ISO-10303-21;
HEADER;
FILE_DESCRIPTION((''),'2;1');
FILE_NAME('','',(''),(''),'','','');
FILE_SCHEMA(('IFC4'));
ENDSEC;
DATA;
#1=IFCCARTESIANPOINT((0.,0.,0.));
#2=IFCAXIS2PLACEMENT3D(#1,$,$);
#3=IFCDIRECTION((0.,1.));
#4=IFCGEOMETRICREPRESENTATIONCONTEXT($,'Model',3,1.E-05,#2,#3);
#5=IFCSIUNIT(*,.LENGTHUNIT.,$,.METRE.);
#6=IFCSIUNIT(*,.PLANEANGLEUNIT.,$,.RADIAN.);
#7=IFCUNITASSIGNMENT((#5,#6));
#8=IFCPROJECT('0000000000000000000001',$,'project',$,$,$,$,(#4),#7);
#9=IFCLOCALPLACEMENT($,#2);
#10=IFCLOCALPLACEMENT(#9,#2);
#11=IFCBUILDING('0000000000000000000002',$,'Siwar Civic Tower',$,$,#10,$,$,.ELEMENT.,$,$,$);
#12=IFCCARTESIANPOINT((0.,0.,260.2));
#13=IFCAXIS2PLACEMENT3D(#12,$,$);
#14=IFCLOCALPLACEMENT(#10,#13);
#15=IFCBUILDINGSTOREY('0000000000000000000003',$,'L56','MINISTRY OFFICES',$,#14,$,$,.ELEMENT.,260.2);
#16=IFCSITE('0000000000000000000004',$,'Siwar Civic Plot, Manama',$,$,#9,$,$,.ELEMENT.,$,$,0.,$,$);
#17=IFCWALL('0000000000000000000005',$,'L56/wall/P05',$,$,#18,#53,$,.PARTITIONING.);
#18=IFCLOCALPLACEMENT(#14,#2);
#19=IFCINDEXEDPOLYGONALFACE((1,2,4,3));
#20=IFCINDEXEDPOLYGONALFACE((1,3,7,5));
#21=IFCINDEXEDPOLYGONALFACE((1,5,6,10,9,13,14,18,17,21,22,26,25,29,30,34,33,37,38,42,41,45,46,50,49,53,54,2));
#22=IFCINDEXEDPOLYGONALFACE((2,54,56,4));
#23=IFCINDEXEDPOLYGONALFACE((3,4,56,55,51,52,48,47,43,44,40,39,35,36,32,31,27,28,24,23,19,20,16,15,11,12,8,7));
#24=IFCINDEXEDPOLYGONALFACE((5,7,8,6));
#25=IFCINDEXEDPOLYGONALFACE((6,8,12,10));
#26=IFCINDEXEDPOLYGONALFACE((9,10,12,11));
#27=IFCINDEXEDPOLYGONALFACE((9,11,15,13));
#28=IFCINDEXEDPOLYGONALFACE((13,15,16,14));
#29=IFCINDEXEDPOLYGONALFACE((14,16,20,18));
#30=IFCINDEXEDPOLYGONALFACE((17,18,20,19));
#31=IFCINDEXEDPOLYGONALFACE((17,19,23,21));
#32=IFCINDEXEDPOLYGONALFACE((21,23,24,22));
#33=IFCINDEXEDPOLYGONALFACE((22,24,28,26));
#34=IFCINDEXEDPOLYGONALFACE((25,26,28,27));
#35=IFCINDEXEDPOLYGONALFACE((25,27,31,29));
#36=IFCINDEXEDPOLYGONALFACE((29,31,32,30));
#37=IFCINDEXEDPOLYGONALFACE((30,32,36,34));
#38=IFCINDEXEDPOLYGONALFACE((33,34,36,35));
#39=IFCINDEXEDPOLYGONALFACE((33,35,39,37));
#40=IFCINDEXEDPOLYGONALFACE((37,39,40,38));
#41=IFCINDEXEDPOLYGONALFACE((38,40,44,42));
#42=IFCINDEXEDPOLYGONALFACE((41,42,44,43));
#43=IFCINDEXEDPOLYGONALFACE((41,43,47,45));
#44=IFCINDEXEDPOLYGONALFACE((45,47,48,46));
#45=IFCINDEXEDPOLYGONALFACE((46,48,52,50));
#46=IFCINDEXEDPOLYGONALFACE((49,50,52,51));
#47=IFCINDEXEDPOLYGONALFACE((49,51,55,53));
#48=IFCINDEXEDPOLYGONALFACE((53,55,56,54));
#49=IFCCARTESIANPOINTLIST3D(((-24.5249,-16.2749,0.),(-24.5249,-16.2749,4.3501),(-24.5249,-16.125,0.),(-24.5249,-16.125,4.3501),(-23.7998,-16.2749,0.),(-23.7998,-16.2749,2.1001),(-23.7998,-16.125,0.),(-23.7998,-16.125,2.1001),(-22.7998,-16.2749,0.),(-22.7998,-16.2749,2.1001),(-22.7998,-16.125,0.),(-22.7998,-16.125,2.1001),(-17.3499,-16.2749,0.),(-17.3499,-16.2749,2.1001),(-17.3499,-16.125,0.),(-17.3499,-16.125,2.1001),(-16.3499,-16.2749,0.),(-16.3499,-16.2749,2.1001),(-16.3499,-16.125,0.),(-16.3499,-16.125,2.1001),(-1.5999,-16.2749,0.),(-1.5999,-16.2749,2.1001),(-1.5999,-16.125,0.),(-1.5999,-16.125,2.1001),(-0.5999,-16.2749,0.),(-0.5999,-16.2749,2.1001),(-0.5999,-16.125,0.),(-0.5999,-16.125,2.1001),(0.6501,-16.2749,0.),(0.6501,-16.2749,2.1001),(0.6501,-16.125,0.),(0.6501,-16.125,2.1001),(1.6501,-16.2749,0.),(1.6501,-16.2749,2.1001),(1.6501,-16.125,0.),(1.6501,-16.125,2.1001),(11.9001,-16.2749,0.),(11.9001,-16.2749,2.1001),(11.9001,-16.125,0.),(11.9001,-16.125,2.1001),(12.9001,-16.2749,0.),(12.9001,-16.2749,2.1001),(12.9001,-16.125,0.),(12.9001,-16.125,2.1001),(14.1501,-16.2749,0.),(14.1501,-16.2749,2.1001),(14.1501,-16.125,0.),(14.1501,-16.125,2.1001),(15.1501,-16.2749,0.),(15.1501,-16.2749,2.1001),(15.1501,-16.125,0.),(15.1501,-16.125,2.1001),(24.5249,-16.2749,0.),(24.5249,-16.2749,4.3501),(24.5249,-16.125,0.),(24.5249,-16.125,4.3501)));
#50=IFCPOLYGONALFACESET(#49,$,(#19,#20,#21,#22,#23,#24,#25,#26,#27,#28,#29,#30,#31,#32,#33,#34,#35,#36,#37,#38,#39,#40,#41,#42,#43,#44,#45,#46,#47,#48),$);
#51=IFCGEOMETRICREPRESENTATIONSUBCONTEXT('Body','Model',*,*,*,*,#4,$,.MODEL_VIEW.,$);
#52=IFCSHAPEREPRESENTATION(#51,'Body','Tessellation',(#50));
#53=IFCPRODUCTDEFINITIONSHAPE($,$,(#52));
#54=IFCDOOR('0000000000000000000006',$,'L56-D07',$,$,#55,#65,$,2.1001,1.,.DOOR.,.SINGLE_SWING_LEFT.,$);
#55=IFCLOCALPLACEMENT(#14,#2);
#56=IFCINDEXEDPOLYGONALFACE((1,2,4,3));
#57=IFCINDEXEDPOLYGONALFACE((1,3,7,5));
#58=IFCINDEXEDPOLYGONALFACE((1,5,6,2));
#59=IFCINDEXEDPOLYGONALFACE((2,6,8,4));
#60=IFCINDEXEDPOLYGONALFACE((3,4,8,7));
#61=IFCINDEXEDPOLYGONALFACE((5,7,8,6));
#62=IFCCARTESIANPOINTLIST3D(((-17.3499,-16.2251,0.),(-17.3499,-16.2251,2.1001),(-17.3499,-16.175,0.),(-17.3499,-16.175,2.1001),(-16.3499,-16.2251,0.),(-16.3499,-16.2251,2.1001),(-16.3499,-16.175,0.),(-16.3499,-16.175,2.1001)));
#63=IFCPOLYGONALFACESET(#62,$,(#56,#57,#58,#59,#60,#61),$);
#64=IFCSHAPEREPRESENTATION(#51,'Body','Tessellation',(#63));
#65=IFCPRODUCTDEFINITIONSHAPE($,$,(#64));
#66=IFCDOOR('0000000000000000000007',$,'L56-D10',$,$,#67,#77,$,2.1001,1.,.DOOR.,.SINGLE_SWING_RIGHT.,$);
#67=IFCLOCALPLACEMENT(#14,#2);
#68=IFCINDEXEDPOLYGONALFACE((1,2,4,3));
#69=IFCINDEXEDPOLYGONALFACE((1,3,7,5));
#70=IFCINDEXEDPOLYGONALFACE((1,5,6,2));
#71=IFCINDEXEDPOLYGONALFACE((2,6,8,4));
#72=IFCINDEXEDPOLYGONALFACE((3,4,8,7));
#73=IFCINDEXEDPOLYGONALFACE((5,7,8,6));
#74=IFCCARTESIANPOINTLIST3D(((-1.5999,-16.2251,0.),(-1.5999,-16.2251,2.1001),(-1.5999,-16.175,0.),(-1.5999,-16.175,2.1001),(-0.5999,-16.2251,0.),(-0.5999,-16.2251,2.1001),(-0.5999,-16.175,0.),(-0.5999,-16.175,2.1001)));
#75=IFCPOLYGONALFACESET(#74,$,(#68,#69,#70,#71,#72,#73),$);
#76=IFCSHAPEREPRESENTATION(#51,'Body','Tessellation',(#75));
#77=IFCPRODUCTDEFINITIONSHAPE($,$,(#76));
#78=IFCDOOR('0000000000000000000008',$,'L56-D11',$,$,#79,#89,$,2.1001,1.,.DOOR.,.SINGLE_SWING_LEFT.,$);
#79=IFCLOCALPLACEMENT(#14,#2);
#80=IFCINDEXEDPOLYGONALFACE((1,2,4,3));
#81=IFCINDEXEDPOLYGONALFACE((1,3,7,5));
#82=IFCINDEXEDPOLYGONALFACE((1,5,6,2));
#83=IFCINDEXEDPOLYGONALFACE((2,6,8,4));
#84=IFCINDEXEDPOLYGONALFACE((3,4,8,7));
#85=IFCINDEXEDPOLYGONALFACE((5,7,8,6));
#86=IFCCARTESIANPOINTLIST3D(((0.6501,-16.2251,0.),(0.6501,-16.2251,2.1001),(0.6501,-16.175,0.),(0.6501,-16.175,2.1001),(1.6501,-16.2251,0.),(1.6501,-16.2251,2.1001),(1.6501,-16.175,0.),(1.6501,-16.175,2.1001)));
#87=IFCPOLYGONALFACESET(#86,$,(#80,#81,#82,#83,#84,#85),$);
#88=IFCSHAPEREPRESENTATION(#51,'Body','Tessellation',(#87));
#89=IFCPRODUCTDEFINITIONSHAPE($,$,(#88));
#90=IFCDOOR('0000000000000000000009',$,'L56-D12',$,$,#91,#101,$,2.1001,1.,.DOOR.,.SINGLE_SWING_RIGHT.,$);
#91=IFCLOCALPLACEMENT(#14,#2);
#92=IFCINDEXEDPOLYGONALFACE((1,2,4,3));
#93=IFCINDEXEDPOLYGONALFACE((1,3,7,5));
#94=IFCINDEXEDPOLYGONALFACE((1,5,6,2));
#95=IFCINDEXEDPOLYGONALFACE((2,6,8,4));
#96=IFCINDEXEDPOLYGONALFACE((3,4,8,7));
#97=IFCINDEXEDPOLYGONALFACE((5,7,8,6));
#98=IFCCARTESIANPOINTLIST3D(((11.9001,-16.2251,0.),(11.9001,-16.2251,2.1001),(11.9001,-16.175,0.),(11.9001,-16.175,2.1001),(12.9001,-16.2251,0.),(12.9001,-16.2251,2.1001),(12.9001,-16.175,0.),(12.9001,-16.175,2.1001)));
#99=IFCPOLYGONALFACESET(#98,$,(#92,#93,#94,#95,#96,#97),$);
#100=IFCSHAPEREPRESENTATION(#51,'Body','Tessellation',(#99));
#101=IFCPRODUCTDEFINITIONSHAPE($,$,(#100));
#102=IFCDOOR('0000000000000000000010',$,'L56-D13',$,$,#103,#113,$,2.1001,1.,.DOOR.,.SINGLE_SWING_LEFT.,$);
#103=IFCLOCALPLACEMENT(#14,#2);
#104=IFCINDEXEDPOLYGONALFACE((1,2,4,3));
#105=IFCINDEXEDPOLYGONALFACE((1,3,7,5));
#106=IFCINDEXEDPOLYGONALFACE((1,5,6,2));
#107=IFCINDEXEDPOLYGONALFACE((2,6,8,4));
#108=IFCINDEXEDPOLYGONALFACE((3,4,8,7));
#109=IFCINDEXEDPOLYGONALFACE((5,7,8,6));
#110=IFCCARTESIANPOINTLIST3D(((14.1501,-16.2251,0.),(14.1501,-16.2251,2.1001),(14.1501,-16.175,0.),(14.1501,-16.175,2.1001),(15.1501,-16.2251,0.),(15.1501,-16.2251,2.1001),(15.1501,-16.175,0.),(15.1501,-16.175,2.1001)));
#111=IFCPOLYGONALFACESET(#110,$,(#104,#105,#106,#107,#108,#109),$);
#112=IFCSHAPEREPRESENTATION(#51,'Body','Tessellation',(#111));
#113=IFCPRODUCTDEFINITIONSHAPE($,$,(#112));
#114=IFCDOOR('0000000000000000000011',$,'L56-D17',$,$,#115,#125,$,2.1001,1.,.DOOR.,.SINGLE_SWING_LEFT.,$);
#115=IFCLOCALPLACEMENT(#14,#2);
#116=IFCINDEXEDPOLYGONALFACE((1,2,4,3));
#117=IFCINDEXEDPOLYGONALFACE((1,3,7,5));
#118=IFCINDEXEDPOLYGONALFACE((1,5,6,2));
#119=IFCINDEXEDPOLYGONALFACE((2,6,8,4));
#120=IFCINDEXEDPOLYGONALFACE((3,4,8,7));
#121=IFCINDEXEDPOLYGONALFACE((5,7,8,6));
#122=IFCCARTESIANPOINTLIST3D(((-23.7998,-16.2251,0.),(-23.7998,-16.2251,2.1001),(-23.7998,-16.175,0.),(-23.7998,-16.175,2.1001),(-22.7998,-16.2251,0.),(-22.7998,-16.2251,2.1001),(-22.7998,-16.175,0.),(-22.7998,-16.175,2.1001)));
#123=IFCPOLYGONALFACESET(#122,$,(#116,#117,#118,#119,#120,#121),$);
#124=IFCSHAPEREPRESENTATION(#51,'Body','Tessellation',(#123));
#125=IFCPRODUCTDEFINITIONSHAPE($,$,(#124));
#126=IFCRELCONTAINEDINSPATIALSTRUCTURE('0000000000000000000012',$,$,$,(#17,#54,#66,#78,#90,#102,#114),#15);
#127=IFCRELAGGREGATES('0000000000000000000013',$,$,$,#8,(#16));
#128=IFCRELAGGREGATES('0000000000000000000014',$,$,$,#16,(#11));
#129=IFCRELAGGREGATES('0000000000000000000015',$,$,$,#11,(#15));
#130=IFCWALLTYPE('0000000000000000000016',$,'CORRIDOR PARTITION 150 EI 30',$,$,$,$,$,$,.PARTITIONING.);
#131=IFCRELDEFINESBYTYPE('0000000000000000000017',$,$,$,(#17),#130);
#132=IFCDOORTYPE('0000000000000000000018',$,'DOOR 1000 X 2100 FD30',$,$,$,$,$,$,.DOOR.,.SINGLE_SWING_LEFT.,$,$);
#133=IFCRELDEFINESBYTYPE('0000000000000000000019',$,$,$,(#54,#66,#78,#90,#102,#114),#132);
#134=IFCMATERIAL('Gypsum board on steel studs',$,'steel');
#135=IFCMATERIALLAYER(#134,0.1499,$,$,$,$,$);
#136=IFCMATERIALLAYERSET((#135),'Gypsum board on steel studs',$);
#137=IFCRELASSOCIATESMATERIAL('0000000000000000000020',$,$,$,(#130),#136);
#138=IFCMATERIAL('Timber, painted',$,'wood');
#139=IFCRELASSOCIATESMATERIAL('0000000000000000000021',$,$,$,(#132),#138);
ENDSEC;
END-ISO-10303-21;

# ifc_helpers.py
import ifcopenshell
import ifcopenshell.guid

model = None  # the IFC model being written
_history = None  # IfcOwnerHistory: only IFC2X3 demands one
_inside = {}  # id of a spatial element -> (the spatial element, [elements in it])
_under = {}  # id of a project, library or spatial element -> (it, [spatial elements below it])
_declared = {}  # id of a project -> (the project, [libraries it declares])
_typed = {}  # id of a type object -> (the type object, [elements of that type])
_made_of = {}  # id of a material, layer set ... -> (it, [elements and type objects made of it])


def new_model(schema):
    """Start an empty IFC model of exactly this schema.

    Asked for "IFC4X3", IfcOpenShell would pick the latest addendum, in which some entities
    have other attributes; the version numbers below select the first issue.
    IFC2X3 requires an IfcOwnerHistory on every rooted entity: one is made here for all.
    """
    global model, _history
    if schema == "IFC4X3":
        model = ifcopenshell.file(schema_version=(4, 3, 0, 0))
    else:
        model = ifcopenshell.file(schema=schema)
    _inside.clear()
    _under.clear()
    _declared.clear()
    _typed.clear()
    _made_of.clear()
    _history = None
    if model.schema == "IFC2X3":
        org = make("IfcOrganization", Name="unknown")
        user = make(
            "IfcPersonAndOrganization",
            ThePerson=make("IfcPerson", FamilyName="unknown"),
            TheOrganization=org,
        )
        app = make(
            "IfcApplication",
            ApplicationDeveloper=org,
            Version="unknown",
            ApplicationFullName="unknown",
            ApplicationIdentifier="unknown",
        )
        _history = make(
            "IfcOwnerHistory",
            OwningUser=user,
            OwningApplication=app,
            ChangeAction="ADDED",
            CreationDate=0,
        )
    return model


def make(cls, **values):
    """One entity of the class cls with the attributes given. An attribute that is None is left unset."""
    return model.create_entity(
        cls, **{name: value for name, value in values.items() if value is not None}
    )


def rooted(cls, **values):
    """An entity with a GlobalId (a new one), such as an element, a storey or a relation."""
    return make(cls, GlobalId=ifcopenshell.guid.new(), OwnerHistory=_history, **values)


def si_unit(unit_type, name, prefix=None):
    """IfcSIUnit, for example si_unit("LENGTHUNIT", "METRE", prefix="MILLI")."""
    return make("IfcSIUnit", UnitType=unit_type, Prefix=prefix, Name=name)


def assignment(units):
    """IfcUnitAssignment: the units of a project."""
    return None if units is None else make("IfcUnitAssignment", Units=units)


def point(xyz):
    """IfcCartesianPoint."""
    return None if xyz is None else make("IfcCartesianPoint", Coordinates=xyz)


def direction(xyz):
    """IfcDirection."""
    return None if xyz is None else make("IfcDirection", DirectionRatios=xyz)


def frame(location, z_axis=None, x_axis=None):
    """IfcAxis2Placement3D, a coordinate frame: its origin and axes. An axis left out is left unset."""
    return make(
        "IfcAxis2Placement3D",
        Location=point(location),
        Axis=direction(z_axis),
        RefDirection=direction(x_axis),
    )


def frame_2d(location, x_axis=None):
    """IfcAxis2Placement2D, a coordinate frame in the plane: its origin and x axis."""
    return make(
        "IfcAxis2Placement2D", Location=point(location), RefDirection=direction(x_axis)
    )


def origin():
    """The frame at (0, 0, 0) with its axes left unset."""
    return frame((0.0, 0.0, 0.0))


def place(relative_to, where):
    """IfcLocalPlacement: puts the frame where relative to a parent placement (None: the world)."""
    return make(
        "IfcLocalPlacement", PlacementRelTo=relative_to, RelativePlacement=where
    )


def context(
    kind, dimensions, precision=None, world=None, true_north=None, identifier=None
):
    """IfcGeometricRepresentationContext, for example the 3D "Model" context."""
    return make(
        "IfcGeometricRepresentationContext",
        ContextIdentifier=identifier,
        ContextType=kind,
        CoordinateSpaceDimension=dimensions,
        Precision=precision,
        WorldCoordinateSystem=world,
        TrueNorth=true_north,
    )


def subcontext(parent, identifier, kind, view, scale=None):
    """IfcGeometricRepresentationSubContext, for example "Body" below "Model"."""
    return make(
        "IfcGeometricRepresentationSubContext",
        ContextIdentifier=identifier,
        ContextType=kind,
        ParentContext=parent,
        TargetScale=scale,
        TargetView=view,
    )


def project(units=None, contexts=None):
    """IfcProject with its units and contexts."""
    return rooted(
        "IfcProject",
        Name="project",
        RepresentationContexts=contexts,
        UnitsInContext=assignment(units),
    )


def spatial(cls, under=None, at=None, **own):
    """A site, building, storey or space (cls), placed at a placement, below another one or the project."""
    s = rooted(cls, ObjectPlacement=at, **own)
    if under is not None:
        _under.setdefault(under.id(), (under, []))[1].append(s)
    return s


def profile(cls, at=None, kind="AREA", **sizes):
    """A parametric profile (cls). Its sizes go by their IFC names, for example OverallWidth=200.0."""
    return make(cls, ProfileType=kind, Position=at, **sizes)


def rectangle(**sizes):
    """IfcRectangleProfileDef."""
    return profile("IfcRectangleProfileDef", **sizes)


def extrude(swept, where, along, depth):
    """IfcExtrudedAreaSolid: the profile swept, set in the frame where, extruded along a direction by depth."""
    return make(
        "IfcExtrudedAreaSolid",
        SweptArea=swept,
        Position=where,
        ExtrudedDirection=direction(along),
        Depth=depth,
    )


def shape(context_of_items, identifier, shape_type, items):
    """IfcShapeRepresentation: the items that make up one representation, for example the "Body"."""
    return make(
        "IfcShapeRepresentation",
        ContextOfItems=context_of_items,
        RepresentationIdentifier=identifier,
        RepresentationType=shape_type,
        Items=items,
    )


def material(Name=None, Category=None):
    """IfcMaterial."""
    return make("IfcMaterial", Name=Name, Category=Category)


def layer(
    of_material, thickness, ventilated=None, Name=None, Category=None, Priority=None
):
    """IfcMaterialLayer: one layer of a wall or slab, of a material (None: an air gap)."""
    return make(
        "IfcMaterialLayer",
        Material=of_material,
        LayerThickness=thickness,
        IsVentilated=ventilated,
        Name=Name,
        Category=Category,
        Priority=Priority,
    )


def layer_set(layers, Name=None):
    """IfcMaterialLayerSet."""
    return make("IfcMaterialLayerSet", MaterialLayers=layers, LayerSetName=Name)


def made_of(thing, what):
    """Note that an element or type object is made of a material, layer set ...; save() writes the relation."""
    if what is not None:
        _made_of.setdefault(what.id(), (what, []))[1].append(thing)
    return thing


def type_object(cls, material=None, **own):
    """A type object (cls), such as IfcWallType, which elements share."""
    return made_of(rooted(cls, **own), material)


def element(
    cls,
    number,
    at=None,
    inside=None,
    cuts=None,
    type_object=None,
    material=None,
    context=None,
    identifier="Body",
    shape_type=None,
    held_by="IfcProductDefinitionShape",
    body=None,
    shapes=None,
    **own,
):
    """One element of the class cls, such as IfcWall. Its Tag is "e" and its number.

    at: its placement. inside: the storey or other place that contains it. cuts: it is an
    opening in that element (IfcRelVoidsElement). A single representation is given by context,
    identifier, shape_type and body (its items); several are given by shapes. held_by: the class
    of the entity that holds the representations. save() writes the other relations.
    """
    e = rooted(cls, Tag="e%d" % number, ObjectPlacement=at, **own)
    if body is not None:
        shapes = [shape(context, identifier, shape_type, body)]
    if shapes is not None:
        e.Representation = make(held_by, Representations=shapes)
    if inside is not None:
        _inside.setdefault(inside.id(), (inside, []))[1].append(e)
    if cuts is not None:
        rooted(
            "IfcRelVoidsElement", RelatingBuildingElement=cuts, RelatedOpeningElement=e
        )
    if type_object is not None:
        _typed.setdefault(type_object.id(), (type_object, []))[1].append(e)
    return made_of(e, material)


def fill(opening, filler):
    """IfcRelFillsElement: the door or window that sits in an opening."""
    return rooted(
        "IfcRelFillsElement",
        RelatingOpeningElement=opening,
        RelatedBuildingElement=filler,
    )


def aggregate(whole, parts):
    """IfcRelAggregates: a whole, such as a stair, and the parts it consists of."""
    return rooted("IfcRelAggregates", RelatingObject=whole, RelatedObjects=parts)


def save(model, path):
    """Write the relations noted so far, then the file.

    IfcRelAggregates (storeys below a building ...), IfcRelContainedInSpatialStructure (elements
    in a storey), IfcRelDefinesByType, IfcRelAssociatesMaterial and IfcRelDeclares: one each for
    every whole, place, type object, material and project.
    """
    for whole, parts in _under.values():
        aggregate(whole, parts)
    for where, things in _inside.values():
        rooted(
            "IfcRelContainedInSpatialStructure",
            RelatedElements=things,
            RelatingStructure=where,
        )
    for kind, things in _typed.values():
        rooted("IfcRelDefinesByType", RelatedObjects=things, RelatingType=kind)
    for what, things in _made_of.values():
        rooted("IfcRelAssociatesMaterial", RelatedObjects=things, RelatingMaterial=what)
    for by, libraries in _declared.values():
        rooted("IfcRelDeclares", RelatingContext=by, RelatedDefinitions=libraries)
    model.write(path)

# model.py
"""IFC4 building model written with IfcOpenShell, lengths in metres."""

from ifc_helpers import new_model, si_unit, direction, frame, frame_2d, origin, place, context, subcontext, project, spatial, rectangle, extrude, material, layer, layer_set, type_object, element, fill, save


model = new_model("IFC4")

# Units and contexts
model_context = context("Model", 3, precision=1e-05, world=origin(), true_north=direction((0.0, 1.0)))
body_context = subcontext(model_context, "Body", "Model", "MODEL_VIEW")
ifc_project = project(units=[si_unit("LENGTHUNIT", "METRE"), si_unit("PLANEANGLEUNIT", "RADIAN")], contexts=[model_context])

# Site, building, storey
site_placement = place(None, origin())
site = spatial("IfcSite", under=ifc_project, at=site_placement, Name="Siwar Civic Plot, Manama", CompositionType="ELEMENT", RefElevation=0.0)
building_placement = place(site_placement, origin())
building = spatial("IfcBuilding", under=site, at=building_placement, Name="Siwar Civic Tower", CompositionType="ELEMENT")
storey_placement = place(building_placement, frame((0.0, 0.0, 260.2)))
storey = spatial("IfcBuildingStorey", under=building, at=storey_placement, Name="L56", Description="MINISTRY OFFICES", CompositionType="ELEMENT", Elevation=260.2)

# Wall, openings, doors
ifc_material_1 = material(Name="Gypsum board on steel studs", Category="steel")
ifc_layer_1 = layer(ifc_material_1, 0.1499)
ifc_layer_set_1 = layer_set([ifc_layer_1], Name="Gypsum board on steel studs")
wall_type_1 = type_object("IfcWallType", Name="CORRIDOR PARTITION 150 EI 30", PredefinedType="PARTITIONING", material=ifc_layer_set_1)
wall_1_placement = place(storey_placement, frame((-24.5249, -16.2, 0.0), z_axis=(0.0, 0.0, 1.0), x_axis=(1.0, 0.0, 0.0)))
wall_1 = element("IfcWall", 1, at=wall_1_placement, inside=storey, type_object=wall_type_1, Name="L56/wall/P05", PredefinedType="PARTITIONING", context=body_context, shape_type="SweptSolid", body=[
    extrude(rectangle(XDim=49.0498, YDim=0.1499, at=frame_2d((24.5249, 0.0))), origin(), (0.0, 0.0, 1.0), 4.3501),
])
opening_1_placement = place(wall_1_placement, frame((7.175, 0.0, 0.0)))
opening_1 = element("IfcOpeningElement", 2, at=opening_1_placement, cuts=wall_1, PredefinedType="OPENING", context=body_context, shape_type="SweptSolid", body=[
    extrude(rectangle(XDim=1.0, YDim=2.1001, at=frame_2d((0.5, 1.05))), frame((0.0, 0.085, 0.0), z_axis=(0.0, -1.0, 0.0), x_axis=(1.0, 0.0, 0.0)), (0.0, 0.0, 1.0), 0.1699),
])
opening_2_placement = place(wall_1_placement, frame((22.925, 0.0, 0.0)))
opening_2 = element("IfcOpeningElement", 3, at=opening_2_placement, cuts=wall_1, PredefinedType="OPENING", context=body_context, shape_type="SweptSolid", body=[
    extrude(rectangle(XDim=1.0, YDim=2.1001, at=frame_2d((0.5, 1.05))), frame((0.0, 0.085, 0.0), z_axis=(0.0, -1.0, 0.0), x_axis=(1.0, 0.0, 0.0)), (0.0, 0.0, 1.0), 0.1699),
])
opening_3_placement = place(wall_1_placement, frame((25.175, 0.0, 0.0)))
opening_3 = element("IfcOpeningElement", 4, at=opening_3_placement, cuts=wall_1, PredefinedType="OPENING", context=body_context, shape_type="SweptSolid", body=[
    extrude(rectangle(XDim=1.0, YDim=2.1001, at=frame_2d((0.5, 1.05))), frame((0.0, 0.085, 0.0), z_axis=(0.0, -1.0, 0.0), x_axis=(1.0, 0.0, 0.0)), (0.0, 0.0, 1.0), 0.1699),
])
opening_4_placement = place(wall_1_placement, frame((36.425, 0.0, 0.0)))
opening_4 = element("IfcOpeningElement", 5, at=opening_4_placement, cuts=wall_1, PredefinedType="OPENING", context=body_context, shape_type="SweptSolid", body=[
    extrude(rectangle(XDim=1.0, YDim=2.1001, at=frame_2d((0.5, 1.05))), frame((0.0, 0.085, 0.0), z_axis=(0.0, -1.0, 0.0), x_axis=(1.0, 0.0, 0.0)), (0.0, 0.0, 1.0), 0.1699),
])
opening_5_placement = place(wall_1_placement, frame((38.675, 0.0, 0.0)))
opening_5 = element("IfcOpeningElement", 6, at=opening_5_placement, cuts=wall_1, PredefinedType="OPENING", context=body_context, shape_type="SweptSolid", body=[
    extrude(rectangle(XDim=1.0, YDim=2.1001, at=frame_2d((0.5, 1.05))), frame((0.0, 0.085, 0.0), z_axis=(0.0, -1.0, 0.0), x_axis=(1.0, 0.0, 0.0)), (0.0, 0.0, 1.0), 0.1699),
])
opening_6_placement = place(wall_1_placement, frame((0.7251, 0.0, 0.0)))
opening_6 = element("IfcOpeningElement", 7, at=opening_6_placement, cuts=wall_1, PredefinedType="OPENING", context=body_context, shape_type="SweptSolid", body=[
    extrude(rectangle(XDim=1.0, YDim=2.1001, at=frame_2d((0.5, 1.05))), frame((0.0, 0.085, 0.0), z_axis=(0.0, -1.0, 0.0), x_axis=(1.0, 0.0, 0.0)), (0.0, 0.0, 1.0), 0.1699),
])
ifc_material_2 = material(Name="Timber, painted", Category="wood")
door_type_1 = type_object("IfcDoorType", Name="DOOR 1000 X 2100 FD30", OperationType="SINGLE_SWING_LEFT", PredefinedType="DOOR", material=ifc_material_2)
door_1_placement = place(opening_1_placement, origin())
door_1 = element("IfcDoor", 8, at=door_1_placement, inside=storey, type_object=door_type_1, Name="L56-D07", OperationType="SINGLE_SWING_LEFT", OverallHeight=2.1001, OverallWidth=1.0, PredefinedType="DOOR", context=body_context, shape_type="SweptSolid", body=[
    extrude(rectangle(XDim=1.0, YDim=2.1001, at=frame_2d((0.5, 1.05))), frame((0.0, 0.0249, 0.0), z_axis=(0.0, -1.0, 0.0), x_axis=(1.0, 0.0, 0.0)), (0.0, 0.0, 1.0), 0.05),
])
fill(opening_1, door_1)
door_2_placement = place(opening_2_placement, origin())
door_2 = element("IfcDoor", 9, at=door_2_placement, inside=storey, type_object=door_type_1, Name="L56-D10", OperationType="SINGLE_SWING_RIGHT", OverallHeight=2.1001, OverallWidth=1.0, PredefinedType="DOOR", context=body_context, shape_type="SweptSolid", body=[
    extrude(rectangle(XDim=1.0, YDim=2.1001, at=frame_2d((0.5, 1.05))), frame((0.0, 0.0249, 0.0), z_axis=(0.0, -1.0, 0.0), x_axis=(1.0, 0.0, 0.0)), (0.0, 0.0, 1.0), 0.05),
])
fill(opening_2, door_2)
door_3_placement = place(opening_3_placement, origin())
door_3 = element("IfcDoor", 10, at=door_3_placement, inside=storey, type_object=door_type_1, Name="L56-D11", OperationType="SINGLE_SWING_LEFT", OverallHeight=2.1001, OverallWidth=1.0, PredefinedType="DOOR", context=body_context, shape_type="SweptSolid", body=[
    extrude(rectangle(XDim=1.0, YDim=2.1001, at=frame_2d((0.5, 1.05))), frame((0.0, 0.0249, 0.0), z_axis=(0.0, -1.0, 0.0), x_axis=(1.0, 0.0, 0.0)), (0.0, 0.0, 1.0), 0.05),
])
fill(opening_3, door_3)
door_4_placement = place(opening_4_placement, origin())
door_4 = element("IfcDoor", 11, at=door_4_placement, inside=storey, type_object=door_type_1, Name="L56-D12", OperationType="SINGLE_SWING_RIGHT", OverallHeight=2.1001, OverallWidth=1.0, PredefinedType="DOOR", context=body_context, shape_type="SweptSolid", body=[
    extrude(rectangle(XDim=1.0, YDim=2.1001, at=frame_2d((0.5, 1.05))), frame((0.0, 0.0249, 0.0), z_axis=(0.0, -1.0, 0.0), x_axis=(1.0, 0.0, 0.0)), (0.0, 0.0, 1.0), 0.05),
])
fill(opening_4, door_4)
door_5_placement = place(opening_5_placement, origin())
door_5 = element("IfcDoor", 12, at=door_5_placement, inside=storey, type_object=door_type_1, Name="L56-D13", OperationType="SINGLE_SWING_LEFT", OverallHeight=2.1001, OverallWidth=1.0, PredefinedType="DOOR", context=body_context, shape_type="SweptSolid", body=[
    extrude(rectangle(XDim=1.0, YDim=2.1001, at=frame_2d((0.5, 1.05))), frame((0.0, 0.0249, 0.0), z_axis=(0.0, -1.0, 0.0), x_axis=(1.0, 0.0, 0.0)), (0.0, 0.0, 1.0), 0.05),
])
fill(opening_5, door_5)
door_6_placement = place(opening_6_placement, origin())
door_6 = element("IfcDoor", 13, at=door_6_placement, inside=storey, type_object=door_type_1, Name="L56-D17", OperationType="SINGLE_SWING_LEFT", OverallHeight=2.1001, OverallWidth=1.0, PredefinedType="DOOR", context=body_context, shape_type="SweptSolid", body=[
    extrude(rectangle(XDim=1.0, YDim=2.1001, at=frame_2d((0.5, 1.05))), frame((0.0, 0.0249, 0.0), z_axis=(0.0, -1.0, 0.0), x_axis=(1.0, 0.0, 0.0)), (0.0, 0.0, 1.0), 0.05),
])
fill(opening_6, door_6)

save(model, "model.ifc")
